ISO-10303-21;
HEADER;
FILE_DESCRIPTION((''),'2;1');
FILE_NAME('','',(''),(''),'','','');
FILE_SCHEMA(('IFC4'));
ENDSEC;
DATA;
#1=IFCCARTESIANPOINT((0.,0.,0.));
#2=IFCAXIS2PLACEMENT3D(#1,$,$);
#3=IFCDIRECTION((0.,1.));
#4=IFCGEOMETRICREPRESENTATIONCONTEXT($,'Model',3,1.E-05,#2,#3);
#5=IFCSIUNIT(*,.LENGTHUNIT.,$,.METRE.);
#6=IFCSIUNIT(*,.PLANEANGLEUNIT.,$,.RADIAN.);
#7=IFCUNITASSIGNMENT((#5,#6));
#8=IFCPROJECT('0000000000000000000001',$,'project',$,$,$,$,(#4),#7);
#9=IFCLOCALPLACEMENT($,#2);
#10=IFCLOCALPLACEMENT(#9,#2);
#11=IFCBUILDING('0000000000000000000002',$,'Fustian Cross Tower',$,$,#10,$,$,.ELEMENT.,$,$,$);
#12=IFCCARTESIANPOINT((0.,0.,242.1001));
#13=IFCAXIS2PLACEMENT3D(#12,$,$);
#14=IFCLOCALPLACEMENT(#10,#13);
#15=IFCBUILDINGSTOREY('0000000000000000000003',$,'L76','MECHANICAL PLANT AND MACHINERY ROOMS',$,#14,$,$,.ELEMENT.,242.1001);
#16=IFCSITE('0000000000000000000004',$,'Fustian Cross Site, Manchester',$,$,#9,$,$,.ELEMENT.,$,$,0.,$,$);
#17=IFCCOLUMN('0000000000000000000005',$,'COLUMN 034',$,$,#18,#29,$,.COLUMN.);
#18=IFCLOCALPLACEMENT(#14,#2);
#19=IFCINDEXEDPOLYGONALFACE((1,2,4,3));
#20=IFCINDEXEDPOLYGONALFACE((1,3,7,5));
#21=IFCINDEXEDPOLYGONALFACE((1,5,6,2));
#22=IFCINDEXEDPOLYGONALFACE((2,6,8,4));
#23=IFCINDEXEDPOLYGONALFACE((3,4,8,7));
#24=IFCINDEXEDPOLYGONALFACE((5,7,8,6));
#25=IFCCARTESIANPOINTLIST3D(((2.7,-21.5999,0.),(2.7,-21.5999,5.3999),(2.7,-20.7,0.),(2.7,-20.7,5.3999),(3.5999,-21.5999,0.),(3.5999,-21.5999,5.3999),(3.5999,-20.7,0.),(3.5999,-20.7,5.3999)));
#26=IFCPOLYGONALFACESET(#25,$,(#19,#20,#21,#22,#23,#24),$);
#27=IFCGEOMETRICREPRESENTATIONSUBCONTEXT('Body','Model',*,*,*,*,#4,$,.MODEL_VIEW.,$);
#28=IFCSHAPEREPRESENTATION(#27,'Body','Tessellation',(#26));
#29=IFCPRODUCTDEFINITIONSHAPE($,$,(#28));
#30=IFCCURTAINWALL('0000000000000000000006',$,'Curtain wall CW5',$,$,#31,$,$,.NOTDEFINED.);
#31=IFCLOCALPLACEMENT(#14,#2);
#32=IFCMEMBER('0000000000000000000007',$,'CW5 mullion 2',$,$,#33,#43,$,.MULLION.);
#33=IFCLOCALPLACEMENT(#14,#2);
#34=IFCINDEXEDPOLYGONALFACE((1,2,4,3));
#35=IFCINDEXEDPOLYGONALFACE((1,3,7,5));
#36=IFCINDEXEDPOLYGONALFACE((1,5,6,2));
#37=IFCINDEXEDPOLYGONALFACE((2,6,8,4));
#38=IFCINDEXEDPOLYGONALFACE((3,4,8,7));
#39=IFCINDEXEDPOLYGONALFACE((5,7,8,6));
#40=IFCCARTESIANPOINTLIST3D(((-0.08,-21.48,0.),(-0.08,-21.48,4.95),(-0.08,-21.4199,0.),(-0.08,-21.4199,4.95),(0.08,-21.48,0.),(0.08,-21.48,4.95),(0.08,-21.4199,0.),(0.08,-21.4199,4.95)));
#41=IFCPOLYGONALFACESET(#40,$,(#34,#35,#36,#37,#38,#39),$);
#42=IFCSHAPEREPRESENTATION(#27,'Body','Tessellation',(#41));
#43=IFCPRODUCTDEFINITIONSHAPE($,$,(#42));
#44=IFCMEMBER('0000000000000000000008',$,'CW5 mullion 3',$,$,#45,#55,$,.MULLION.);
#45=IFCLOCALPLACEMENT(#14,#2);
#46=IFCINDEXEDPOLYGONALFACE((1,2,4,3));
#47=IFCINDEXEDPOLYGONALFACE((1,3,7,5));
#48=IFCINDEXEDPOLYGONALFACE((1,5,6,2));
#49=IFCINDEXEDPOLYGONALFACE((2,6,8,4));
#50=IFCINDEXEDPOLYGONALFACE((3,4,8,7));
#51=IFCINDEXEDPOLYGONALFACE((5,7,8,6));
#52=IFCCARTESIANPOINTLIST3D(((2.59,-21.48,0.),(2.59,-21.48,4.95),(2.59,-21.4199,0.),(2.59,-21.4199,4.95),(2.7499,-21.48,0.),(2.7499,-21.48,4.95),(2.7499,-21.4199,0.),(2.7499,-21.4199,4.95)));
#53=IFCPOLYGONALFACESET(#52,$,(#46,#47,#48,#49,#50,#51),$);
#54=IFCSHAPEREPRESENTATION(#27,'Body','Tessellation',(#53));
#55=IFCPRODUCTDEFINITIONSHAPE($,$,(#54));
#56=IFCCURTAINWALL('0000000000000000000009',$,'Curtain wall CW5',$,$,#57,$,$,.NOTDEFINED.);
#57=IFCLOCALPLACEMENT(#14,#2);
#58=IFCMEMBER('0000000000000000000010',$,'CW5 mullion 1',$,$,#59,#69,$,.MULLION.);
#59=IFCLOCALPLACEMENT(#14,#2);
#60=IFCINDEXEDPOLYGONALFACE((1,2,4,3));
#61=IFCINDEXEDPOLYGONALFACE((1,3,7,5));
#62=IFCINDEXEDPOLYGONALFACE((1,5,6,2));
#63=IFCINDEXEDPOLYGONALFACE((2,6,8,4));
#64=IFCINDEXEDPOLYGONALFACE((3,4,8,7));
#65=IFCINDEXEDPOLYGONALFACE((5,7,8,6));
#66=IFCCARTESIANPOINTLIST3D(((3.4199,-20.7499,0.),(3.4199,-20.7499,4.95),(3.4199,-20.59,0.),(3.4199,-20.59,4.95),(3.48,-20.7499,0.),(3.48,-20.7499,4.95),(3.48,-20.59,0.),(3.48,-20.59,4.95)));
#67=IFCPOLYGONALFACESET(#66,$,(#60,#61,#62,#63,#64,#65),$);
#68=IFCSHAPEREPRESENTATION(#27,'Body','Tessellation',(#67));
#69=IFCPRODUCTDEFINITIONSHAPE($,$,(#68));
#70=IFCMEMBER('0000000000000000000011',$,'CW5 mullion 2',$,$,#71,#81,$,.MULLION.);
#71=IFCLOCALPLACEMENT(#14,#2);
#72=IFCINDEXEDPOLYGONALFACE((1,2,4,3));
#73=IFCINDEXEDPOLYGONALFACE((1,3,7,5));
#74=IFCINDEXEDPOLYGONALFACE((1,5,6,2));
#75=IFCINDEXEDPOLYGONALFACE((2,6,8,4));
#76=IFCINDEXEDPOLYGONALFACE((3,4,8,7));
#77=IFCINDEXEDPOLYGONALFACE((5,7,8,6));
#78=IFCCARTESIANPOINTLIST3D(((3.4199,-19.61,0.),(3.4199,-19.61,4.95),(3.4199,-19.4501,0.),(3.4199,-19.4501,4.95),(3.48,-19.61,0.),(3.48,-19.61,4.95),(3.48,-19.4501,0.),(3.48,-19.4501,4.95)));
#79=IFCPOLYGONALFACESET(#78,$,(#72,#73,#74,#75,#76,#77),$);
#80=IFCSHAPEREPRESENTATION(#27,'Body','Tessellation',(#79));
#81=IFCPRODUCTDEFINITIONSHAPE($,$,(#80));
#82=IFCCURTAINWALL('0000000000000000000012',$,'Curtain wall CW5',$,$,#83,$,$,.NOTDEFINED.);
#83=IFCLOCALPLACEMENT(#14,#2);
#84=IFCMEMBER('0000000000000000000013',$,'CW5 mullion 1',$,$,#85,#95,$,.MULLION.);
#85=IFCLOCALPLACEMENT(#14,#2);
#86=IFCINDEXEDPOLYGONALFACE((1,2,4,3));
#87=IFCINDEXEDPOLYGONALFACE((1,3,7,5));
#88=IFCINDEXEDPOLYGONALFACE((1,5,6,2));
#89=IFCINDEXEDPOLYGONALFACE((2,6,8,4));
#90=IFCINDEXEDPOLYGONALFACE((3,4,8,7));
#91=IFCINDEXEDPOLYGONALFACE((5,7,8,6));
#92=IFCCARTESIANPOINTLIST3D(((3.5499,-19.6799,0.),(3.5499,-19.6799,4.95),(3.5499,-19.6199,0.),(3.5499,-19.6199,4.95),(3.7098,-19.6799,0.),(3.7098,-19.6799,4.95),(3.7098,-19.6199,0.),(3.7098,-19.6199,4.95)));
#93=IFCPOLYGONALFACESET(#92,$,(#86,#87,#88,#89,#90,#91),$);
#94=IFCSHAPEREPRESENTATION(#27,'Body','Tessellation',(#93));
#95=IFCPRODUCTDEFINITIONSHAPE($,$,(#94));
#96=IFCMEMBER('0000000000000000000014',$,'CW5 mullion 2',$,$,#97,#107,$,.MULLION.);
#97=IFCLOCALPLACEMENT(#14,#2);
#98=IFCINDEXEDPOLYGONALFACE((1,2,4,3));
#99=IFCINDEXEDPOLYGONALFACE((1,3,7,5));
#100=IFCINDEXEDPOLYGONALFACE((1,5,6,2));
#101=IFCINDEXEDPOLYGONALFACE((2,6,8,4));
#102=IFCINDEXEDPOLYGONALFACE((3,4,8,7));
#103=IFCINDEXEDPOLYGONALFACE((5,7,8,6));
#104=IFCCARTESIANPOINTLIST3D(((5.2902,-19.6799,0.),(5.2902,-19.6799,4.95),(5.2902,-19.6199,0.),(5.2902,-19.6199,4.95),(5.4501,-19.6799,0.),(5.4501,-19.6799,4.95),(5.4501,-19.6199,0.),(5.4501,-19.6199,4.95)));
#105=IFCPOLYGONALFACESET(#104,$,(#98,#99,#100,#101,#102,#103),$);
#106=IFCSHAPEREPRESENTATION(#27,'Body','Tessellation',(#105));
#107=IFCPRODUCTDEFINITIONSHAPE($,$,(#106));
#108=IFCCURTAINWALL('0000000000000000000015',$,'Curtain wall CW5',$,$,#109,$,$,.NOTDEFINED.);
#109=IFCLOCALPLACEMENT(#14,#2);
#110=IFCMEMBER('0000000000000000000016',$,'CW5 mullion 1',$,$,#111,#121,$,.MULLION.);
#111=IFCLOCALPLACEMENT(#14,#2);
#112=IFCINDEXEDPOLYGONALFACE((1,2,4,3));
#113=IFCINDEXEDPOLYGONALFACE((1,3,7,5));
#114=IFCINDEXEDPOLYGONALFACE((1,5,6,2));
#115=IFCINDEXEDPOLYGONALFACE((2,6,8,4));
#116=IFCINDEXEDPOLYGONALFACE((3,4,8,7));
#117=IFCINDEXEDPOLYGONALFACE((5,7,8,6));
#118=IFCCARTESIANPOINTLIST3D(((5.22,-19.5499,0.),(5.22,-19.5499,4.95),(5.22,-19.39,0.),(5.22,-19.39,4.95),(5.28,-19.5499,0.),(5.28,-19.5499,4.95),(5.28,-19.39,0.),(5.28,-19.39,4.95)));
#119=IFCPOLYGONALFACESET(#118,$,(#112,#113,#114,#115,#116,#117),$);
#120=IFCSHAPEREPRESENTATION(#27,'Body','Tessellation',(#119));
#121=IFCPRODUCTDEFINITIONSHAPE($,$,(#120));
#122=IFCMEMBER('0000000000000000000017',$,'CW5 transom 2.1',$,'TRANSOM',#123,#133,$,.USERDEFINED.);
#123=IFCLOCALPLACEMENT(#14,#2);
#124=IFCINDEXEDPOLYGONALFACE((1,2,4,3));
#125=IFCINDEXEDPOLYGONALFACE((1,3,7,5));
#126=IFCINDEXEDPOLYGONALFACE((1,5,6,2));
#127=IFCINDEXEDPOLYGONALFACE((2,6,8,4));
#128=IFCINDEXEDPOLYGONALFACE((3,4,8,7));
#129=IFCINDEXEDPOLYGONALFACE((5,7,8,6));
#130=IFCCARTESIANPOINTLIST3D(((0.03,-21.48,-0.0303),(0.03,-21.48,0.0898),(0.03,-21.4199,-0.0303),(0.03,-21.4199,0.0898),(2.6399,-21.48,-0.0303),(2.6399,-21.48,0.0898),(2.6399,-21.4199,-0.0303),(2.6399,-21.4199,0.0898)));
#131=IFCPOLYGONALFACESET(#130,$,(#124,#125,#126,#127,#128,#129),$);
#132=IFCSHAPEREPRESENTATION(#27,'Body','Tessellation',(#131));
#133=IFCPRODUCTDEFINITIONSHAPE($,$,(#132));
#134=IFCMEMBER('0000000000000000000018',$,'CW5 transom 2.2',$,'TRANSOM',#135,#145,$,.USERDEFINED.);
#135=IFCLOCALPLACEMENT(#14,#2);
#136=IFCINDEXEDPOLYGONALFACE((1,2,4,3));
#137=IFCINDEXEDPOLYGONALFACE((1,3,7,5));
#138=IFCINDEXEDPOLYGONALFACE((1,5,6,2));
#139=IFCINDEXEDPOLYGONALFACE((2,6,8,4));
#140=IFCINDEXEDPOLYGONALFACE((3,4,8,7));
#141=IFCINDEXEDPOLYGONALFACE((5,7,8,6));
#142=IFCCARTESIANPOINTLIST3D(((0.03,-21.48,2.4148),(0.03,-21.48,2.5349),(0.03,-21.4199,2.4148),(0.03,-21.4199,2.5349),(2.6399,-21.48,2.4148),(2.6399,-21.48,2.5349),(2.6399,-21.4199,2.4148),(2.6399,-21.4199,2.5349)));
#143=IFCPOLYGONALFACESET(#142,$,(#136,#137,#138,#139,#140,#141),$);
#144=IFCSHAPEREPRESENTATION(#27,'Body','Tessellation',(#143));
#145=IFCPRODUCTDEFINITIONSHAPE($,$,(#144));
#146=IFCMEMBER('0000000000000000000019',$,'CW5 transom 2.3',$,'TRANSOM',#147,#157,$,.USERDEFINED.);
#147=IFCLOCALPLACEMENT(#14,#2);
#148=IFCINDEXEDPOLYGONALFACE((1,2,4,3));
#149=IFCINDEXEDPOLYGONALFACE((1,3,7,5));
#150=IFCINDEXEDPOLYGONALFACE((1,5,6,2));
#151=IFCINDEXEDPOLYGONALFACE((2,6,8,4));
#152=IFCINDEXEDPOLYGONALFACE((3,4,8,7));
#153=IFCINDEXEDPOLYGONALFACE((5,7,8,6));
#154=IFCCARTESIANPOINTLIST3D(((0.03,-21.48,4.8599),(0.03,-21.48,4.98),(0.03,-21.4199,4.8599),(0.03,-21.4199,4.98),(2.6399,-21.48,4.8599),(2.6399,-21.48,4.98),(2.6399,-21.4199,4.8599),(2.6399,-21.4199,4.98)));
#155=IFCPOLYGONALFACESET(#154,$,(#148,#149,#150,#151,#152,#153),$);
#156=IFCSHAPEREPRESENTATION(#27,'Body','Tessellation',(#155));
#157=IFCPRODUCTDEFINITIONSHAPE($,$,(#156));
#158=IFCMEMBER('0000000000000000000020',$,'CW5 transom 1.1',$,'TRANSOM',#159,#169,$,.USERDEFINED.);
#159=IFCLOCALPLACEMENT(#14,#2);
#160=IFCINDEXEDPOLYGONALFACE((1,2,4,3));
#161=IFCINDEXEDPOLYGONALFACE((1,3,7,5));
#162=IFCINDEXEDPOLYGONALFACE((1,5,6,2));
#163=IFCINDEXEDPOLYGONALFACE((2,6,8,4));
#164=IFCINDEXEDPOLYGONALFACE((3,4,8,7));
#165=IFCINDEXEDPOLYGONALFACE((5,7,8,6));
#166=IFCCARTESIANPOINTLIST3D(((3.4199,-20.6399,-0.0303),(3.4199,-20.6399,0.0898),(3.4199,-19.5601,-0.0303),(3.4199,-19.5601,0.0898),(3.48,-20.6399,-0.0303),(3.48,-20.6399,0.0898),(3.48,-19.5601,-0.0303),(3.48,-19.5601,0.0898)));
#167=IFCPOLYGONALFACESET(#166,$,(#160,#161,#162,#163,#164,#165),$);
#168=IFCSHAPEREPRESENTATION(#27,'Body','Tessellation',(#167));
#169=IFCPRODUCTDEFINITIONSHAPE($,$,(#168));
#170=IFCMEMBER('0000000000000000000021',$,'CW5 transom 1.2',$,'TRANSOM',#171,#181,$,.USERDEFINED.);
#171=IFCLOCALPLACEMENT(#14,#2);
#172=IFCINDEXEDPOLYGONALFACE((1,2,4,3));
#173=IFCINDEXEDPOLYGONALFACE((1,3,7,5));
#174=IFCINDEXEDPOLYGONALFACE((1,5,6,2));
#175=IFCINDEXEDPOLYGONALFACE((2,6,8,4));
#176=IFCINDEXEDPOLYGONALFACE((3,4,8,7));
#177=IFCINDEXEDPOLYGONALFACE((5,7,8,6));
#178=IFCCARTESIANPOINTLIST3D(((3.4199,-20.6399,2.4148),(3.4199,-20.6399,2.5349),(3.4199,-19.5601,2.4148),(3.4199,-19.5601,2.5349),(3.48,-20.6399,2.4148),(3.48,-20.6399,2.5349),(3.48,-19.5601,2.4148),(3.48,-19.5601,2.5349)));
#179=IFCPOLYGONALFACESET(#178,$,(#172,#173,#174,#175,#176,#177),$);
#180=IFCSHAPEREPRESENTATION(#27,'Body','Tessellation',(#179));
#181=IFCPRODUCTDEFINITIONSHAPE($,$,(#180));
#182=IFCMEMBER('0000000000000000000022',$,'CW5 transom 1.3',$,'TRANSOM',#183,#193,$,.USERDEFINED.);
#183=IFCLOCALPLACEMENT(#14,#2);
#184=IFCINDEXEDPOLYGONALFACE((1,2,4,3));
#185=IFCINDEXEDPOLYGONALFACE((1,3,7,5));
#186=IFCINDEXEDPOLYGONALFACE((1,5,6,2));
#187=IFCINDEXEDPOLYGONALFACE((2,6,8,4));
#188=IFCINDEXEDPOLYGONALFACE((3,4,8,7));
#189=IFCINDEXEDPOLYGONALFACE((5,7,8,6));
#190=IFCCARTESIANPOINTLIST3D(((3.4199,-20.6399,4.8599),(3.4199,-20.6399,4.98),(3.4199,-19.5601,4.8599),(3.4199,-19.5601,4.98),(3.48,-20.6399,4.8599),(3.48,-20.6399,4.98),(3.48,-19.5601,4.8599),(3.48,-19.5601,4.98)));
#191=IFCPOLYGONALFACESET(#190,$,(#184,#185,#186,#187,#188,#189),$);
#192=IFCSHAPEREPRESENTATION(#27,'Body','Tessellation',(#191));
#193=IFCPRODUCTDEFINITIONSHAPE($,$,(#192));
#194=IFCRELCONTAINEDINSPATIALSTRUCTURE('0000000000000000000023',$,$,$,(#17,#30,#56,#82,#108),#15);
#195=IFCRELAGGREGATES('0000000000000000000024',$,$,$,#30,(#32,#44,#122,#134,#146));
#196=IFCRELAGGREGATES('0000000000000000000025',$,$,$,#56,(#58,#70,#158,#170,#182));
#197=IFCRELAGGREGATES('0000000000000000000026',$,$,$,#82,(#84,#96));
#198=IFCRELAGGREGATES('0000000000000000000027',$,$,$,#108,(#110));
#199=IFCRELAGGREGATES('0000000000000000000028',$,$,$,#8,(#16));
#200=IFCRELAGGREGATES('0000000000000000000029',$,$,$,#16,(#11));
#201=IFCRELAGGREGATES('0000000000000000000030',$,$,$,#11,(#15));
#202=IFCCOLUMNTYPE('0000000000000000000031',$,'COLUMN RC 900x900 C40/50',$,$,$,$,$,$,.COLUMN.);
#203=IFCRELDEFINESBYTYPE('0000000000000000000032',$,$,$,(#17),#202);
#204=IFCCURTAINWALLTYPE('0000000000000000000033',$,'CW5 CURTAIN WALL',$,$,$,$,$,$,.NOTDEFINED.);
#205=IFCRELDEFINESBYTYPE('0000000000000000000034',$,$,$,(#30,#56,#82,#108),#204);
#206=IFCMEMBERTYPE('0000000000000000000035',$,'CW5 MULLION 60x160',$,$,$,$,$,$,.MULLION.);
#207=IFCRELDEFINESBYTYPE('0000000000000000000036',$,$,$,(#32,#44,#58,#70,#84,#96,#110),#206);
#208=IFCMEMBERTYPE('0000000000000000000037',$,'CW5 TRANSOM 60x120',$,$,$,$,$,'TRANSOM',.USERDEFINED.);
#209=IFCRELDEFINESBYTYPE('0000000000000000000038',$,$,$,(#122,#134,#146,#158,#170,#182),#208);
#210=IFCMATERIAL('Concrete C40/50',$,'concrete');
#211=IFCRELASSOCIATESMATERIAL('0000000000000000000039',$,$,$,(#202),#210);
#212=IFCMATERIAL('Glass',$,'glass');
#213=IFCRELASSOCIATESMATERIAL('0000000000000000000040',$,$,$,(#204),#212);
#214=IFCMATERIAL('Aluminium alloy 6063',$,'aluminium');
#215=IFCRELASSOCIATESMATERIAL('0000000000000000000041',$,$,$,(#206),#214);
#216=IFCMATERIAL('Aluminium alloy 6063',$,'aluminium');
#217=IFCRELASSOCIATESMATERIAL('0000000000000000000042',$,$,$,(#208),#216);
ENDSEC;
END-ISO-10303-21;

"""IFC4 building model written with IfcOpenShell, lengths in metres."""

from ifc_helpers import new_model, si_unit, direction, frame, origin, origin_2d, place, context, subcontext, project, spatial, rectangle, extrude, material, material_profile, profile_set, type_object, element, aggregate, save


model = new_model("IFC4")

# Units and contexts
model_context = context("Model", 3, precision=1e-05, world=origin(), true_north=direction((0.0, 1.0)))
body_context = subcontext(model_context, "Body", "Model", "MODEL_VIEW")
ifc_project = project(units=[si_unit("LENGTHUNIT", "METRE"), si_unit("PLANEANGLEUNIT", "RADIAN")], contexts=[model_context])

# Site, building, storey
site_placement = place(None, origin())
site = spatial("IfcSite", under=ifc_project, at=site_placement, Name="Fustian Cross Site, Manchester", CompositionType="ELEMENT", RefElevation=0.0)
building_placement = place(site_placement, origin())
building = spatial("IfcBuilding", under=site, at=building_placement, Name="Fustian Cross Tower", CompositionType="ELEMENT")
storey_placement = place(building_placement, frame((0.0, 0.0, 242.1001)))
storey = spatial("IfcBuildingStorey", under=building, at=storey_placement, Name="L76", Description="MECHANICAL PLANT AND MACHINERY ROOMS", CompositionType="ELEMENT", Elevation=242.1001)

# Column
ifc_material_1 = material(Name="Concrete C40/50", Category="concrete")
ifc_material_profile_1 = material_profile(ifc_material_1, rectangle(XDim=0.8999, YDim=0.8999, at=origin_2d()), Name="RC 900x900")
ifc_profile_set_1 = profile_set([ifc_material_profile_1], Name="Concrete C40/50")
column_type = type_object("IfcColumnType", Name="COLUMN RC 900x900 C40/50", PredefinedType="COLUMN", material=ifc_profile_set_1)
column_placement = place(storey_placement, frame((3.1499, -21.1499, 0.0), z_axis=(0.0, 0.0, 1.0), x_axis=(1.0, 0.0, 0.0)))
element("IfcColumn", 1, at=column_placement, inside=storey, type_object=column_type, Name="COLUMN 034", PredefinedType="COLUMN", context=body_context, shape_type="SweptSolid", body=[
    extrude(rectangle(XDim=0.8999, YDim=0.8999, at=origin_2d()), origin(), (0.0, 0.0, 1.0), 5.3999),
])

# Curtain walls, members
ifc_material_2 = material(Name="Glass", Category="glass")
curtain_wall_type = type_object("IfcCurtainWallType", Name="CW5 CURTAIN WALL", PredefinedType="NOTDEFINED", material=ifc_material_2)
curtain_wall_1_placement = place(storey_placement, origin())
curtain_wall_1 = element("IfcCurtainWall", 2, at=curtain_wall_1_placement, inside=storey, type_object=curtain_wall_type, Name="Curtain wall CW5", PredefinedType="NOTDEFINED")
ifc_material_3 = material(Name="Aluminium alloy 6063", Category="aluminium")
ifc_material_profile_2 = material_profile(ifc_material_3, rectangle(XDim=0.0601, YDim=0.1599, at=origin_2d()), Name="CW5 MULLION 60x160")
ifc_profile_set_2 = profile_set([ifc_material_profile_2], Name="Aluminium alloy 6063")
member_type_1 = type_object("IfcMemberType", Name="CW5 MULLION 60x160", PredefinedType="MULLION", material=ifc_profile_set_2)
member_1_placement = place(storey_placement, frame((0.0, -21.45, 0.0), z_axis=(0.0, 0.0, 1.0), x_axis=(0.0, 1.0, 0.0)))
member_1 = element("IfcMember", 3, at=member_1_placement, type_object=member_type_1, Name="CW5 mullion 2", PredefinedType="MULLION", context=body_context, shape_type="SweptSolid", body=[
    extrude(rectangle(XDim=0.0601, YDim=0.1599, at=origin_2d()), origin(), (0.0, 0.0, 1.0), 4.95),
])
member_2_placement = place(storey_placement, frame((2.6699, -21.45, 0.0), z_axis=(0.0, 0.0, 1.0), x_axis=(0.0, 1.0, 0.0)))
member_2 = element("IfcMember", 4, at=member_2_placement, type_object=member_type_1, Name="CW5 mullion 3", PredefinedType="MULLION", context=body_context, shape_type="SweptSolid", body=[
    extrude(rectangle(XDim=0.0601, YDim=0.1599, at=origin_2d()), origin(), (0.0, 0.0, 1.0), 4.95),
])
curtain_wall_2_placement = place(storey_placement, origin())
curtain_wall_2 = element("IfcCurtainWall", 5, at=curtain_wall_2_placement, inside=storey, type_object=curtain_wall_type, Name="Curtain wall CW5", PredefinedType="NOTDEFINED")
member_3_placement = place(storey_placement, frame((3.45, -20.6699, 0.0), z_axis=(0.0, 0.0, 1.0), x_axis=(-1.0, 0.0, 0.0)))
member_3 = element("IfcMember", 6, at=member_3_placement, type_object=member_type_1, Name="CW5 mullion 1", PredefinedType="MULLION", context=body_context, shape_type="SweptSolid", body=[
    extrude(rectangle(XDim=0.0601, YDim=0.1599, at=origin_2d()), origin(), (0.0, 0.0, 1.0), 4.95),
])
member_4_placement = place(storey_placement, frame((3.45, -19.53, 0.0), z_axis=(0.0, 0.0, 1.0), x_axis=(-1.0, 0.0, 0.0)))
member_4 = element("IfcMember", 7, at=member_4_placement, type_object=member_type_1, Name="CW5 mullion 2", PredefinedType="MULLION", context=body_context, shape_type="SweptSolid", body=[
    extrude(rectangle(XDim=0.0601, YDim=0.1599, at=origin_2d()), origin(), (0.0, 0.0, 1.0), 4.95),
])
curtain_wall_3_placement = place(storey_placement, origin())
curtain_wall_3 = element("IfcCurtainWall", 8, at=curtain_wall_3_placement, inside=storey, type_object=curtain_wall_type, Name="Curtain wall CW5", PredefinedType="NOTDEFINED")
member_5_placement = place(storey_placement, frame((3.6299, -19.6499, 0.0), z_axis=(0.0, 0.0, 1.0), x_axis=(0.0, 1.0, 0.0)))
member_5 = element("IfcMember", 9, at=member_5_placement, type_object=member_type_1, Name="CW5 mullion 1", PredefinedType="MULLION", context=body_context, shape_type="SweptSolid", body=[
    extrude(rectangle(XDim=0.0601, YDim=0.1599, at=origin_2d()), origin(), (0.0, 0.0, 1.0), 4.95),
])
member_6_placement = place(storey_placement, frame((5.3701, -19.6499, 0.0), z_axis=(0.0, 0.0, 1.0), x_axis=(0.0, 1.0, 0.0)))
member_6 = element("IfcMember", 10, at=member_6_placement, type_object=member_type_1, Name="CW5 mullion 2", PredefinedType="MULLION", context=body_context, shape_type="SweptSolid", body=[
    extrude(rectangle(XDim=0.0601, YDim=0.1599, at=origin_2d()), origin(), (0.0, 0.0, 1.0), 4.95),
])

# Curtain wall, member
curtain_wall_4_placement = place(storey_placement, origin())
curtain_wall_4 = element("IfcCurtainWall", 11, at=curtain_wall_4_placement, inside=storey, type_object=curtain_wall_type, Name="Curtain wall CW5", PredefinedType="NOTDEFINED")
member_7_placement = place(storey_placement, frame((5.25, -19.47, 0.0), z_axis=(0.0, 0.0, 1.0), x_axis=(-1.0, 0.0, 0.0)))
member_7 = element("IfcMember", 12, at=member_7_placement, type_object=member_type_1, Name="CW5 mullion 1", PredefinedType="MULLION", context=body_context, shape_type="SweptSolid", body=[
    extrude(rectangle(XDim=0.0601, YDim=0.1599, at=origin_2d()), origin(), (0.0, 0.0, 1.0), 4.95),
])

# Members
ifc_material_4 = material(Name="Aluminium alloy 6063", Category="aluminium")
ifc_material_profile_3 = material_profile(ifc_material_4, rectangle(XDim=0.0601, YDim=0.1201, at=origin_2d()), Name="CW5 TRANSOM 60x120")
ifc_profile_set_3 = profile_set([ifc_material_profile_3], Name="Aluminium alloy 6063")
member_type_2 = type_object("IfcMemberType", Name="CW5 TRANSOM 60x120", ElementType="TRANSOM", PredefinedType="USERDEFINED", material=ifc_profile_set_3)
member_8_placement = place(storey_placement, frame((0.03, -21.45, 0.0298), z_axis=(1.0, 0.0, 0.0), x_axis=(0.0, 1.0, 0.0)))
member_8 = element("IfcMember", 13, at=member_8_placement, type_object=member_type_2, Name="CW5 transom 2.1", ObjectType="TRANSOM", PredefinedType="USERDEFINED", context=body_context, shape_type="SweptSolid", body=[
    extrude(rectangle(XDim=0.0601, YDim=0.1201, at=origin_2d()), origin(), (0.0, 0.0, 1.0), 2.6099),
])
member_9_placement = place(storey_placement, frame((0.03, -21.45, 2.4749), z_axis=(1.0, 0.0, 0.0), x_axis=(0.0, 1.0, 0.0)))
member_9 = element("IfcMember", 14, at=member_9_placement, type_object=member_type_2, Name="CW5 transom 2.2", ObjectType="TRANSOM", PredefinedType="USERDEFINED", context=body_context, shape_type="SweptSolid", body=[
    extrude(rectangle(XDim=0.0601, YDim=0.1201, at=origin_2d()), origin(), (0.0, 0.0, 1.0), 2.6099),
])
member_10_placement = place(storey_placement, frame((0.03, -21.45, 4.9199), z_axis=(1.0, 0.0, 0.0), x_axis=(0.0, 1.0, 0.0)))
member_10 = element("IfcMember", 15, at=member_10_placement, type_object=member_type_2, Name="CW5 transom 2.3", ObjectType="TRANSOM", PredefinedType="USERDEFINED", context=body_context, shape_type="SweptSolid", body=[
    extrude(rectangle(XDim=0.0601, YDim=0.1201, at=origin_2d()), origin(), (0.0, 0.0, 1.0), 2.6099),
])
member_11_placement = place(storey_placement, frame((3.45, -20.6399, 0.0298), z_axis=(0.0, 1.0, 0.0), x_axis=(-1.0, 0.0, 0.0)))
member_11 = element("IfcMember", 16, at=member_11_placement, type_object=member_type_2, Name="CW5 transom 1.1", ObjectType="TRANSOM", PredefinedType="USERDEFINED", context=body_context, shape_type="SweptSolid", body=[
    extrude(rectangle(XDim=0.0601, YDim=0.1201, at=origin_2d()), origin(), (0.0, 0.0, 1.0), 1.0798),
])
member_12_placement = place(storey_placement, frame((3.45, -20.6399, 2.4749), z_axis=(0.0, 1.0, 0.0), x_axis=(-1.0, 0.0, 0.0)))
member_12 = element("IfcMember", 17, at=member_12_placement, type_object=member_type_2, Name="CW5 transom 1.2", ObjectType="TRANSOM", PredefinedType="USERDEFINED", context=body_context, shape_type="SweptSolid", body=[
    extrude(rectangle(XDim=0.0601, YDim=0.1201, at=origin_2d()), origin(), (0.0, 0.0, 1.0), 1.0798),
])
member_13_placement = place(storey_placement, frame((3.45, -20.6399, 4.9199), z_axis=(0.0, 1.0, 0.0), x_axis=(-1.0, 0.0, 0.0)))
member_13 = element("IfcMember", 18, at=member_13_placement, type_object=member_type_2, Name="CW5 transom 1.3", ObjectType="TRANSOM", PredefinedType="USERDEFINED", context=body_context, shape_type="SweptSolid", body=[
    extrude(rectangle(XDim=0.0601, YDim=0.1201, at=origin_2d()), origin(), (0.0, 0.0, 1.0), 1.0798),
])

aggregate(curtain_wall_1, [member_1, member_2, member_8, member_9, member_10])
aggregate(curtain_wall_2, [member_3, member_4, member_11, member_12, member_13])
aggregate(curtain_wall_3, [member_5, member_6])
aggregate(curtain_wall_4, [member_7])

save(model, "model.ifc")
